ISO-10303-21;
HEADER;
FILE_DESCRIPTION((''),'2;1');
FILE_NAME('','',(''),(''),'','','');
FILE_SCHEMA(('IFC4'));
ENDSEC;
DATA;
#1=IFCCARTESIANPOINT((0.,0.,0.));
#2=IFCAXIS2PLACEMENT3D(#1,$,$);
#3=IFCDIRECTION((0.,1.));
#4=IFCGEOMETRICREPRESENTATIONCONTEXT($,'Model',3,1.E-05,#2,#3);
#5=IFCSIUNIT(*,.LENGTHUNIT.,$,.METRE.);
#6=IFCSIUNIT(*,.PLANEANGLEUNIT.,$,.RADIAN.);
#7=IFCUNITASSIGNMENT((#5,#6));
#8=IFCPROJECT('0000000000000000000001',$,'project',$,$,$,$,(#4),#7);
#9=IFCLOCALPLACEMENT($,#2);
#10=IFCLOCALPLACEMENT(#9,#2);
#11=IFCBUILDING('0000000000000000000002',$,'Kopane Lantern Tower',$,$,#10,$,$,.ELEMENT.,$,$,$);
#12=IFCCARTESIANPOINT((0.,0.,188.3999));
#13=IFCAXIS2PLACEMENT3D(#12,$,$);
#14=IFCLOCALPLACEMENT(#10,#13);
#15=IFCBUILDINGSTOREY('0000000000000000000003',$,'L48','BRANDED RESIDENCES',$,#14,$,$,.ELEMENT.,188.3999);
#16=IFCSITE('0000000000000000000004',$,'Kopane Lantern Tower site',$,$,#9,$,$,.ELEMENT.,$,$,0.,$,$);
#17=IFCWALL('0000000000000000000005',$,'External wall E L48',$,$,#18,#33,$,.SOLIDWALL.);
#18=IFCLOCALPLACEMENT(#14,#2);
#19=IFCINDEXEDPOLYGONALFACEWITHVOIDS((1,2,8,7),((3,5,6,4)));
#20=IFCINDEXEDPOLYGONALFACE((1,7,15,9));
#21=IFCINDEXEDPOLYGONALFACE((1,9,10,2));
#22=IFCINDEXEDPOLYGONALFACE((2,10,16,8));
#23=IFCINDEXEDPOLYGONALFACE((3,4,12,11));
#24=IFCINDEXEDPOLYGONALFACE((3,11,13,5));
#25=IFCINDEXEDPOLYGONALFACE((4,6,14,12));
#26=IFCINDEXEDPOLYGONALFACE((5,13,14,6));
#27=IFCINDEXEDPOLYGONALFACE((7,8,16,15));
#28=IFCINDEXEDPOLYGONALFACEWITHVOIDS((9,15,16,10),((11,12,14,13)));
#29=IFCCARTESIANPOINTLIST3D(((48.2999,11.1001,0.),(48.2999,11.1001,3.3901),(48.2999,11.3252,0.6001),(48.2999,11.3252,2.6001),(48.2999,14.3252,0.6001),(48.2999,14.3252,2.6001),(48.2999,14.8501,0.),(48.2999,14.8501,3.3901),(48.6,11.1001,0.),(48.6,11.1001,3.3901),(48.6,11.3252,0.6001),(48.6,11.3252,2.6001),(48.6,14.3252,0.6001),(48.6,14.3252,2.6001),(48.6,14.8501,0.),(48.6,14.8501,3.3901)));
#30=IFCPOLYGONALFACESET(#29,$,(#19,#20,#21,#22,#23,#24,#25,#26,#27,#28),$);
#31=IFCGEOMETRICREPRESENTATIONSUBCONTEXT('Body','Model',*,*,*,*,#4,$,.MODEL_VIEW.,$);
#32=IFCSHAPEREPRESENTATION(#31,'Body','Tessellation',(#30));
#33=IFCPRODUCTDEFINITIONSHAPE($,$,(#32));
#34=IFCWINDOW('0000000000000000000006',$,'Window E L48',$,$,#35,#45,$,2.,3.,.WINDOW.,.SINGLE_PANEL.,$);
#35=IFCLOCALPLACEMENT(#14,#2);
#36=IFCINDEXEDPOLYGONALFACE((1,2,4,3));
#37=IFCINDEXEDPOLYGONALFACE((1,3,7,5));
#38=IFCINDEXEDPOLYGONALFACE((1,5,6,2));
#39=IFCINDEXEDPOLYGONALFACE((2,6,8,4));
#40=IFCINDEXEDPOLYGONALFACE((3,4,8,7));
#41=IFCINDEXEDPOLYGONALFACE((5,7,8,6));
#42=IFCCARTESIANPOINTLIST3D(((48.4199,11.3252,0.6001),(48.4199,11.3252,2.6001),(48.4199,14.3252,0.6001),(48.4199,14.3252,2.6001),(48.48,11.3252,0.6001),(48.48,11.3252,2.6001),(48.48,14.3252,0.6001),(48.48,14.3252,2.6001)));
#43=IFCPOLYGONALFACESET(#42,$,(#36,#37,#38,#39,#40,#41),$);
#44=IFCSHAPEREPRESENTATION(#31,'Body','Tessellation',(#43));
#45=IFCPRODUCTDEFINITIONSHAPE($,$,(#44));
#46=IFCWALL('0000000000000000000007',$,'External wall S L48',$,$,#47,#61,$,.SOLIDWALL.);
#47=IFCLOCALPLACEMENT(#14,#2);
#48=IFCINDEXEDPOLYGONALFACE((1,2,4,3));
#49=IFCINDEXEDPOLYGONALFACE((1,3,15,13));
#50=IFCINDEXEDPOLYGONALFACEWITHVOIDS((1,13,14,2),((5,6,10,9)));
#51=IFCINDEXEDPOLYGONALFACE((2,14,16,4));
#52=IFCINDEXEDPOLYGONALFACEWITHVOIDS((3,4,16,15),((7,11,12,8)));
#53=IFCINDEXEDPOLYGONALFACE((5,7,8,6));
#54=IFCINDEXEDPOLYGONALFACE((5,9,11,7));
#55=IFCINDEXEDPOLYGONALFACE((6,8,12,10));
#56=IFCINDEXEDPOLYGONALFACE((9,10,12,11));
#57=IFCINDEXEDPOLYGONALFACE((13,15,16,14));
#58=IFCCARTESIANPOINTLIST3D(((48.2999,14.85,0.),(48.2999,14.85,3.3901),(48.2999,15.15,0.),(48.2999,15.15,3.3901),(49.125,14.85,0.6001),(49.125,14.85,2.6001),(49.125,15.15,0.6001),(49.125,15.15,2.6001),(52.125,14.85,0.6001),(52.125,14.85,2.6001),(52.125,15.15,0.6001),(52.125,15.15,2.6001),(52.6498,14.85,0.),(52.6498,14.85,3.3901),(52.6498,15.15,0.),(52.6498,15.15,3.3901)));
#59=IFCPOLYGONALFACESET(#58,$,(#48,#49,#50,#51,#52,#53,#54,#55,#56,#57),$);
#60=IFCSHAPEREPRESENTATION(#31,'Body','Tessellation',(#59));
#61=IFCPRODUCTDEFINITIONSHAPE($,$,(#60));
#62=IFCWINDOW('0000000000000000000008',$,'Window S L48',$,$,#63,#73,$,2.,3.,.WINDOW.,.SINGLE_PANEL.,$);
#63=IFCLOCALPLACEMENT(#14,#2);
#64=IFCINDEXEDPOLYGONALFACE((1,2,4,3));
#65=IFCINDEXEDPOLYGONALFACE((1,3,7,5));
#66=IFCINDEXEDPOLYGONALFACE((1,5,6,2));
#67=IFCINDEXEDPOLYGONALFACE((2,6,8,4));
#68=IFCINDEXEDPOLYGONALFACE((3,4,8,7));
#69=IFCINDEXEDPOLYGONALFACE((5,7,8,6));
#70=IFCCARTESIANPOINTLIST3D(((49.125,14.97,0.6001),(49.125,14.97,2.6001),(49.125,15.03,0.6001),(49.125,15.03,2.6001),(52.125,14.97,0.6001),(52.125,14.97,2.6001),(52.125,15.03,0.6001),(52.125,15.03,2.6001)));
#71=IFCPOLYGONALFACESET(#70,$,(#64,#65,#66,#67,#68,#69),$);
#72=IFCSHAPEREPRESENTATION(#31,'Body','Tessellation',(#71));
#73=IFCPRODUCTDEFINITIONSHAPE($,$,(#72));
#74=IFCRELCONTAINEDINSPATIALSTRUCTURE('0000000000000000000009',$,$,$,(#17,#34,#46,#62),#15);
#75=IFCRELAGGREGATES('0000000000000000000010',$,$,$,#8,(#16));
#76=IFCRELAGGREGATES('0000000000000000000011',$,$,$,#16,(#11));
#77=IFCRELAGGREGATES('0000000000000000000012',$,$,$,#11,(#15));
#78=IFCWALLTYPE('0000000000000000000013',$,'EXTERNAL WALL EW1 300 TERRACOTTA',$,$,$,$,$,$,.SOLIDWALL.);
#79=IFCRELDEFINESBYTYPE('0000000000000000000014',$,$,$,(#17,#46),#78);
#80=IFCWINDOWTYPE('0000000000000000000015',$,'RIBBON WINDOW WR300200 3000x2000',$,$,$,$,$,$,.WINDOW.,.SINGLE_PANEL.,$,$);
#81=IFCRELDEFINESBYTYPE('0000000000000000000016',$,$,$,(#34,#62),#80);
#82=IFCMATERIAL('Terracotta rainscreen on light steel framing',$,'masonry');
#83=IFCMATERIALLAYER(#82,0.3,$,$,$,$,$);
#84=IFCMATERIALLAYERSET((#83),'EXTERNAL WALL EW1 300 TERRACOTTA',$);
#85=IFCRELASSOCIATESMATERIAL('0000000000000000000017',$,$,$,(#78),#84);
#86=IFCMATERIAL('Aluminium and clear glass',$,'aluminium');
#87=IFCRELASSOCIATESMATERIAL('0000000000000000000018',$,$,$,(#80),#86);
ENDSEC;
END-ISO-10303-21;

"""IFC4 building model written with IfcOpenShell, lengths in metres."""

from ifc_helpers import new_model, si_unit, direction, frame, frame_2d, origin, place, context, subcontext, project, spatial, rectangle, extrude, material, layer, layer_set, type_object, element, fill, save


model = new_model("IFC4")

# Units and contexts
model_context = context("Model", 3, precision=1e-05, world=origin(), true_north=direction((0.0, 1.0)))
body_context = subcontext(model_context, "Body", "Model", "MODEL_VIEW")
ifc_project = project(units=[si_unit("LENGTHUNIT", "METRE"), si_unit("PLANEANGLEUNIT", "RADIAN")], contexts=[model_context])

# Site, building, storey
site_placement = place(None, origin())
site = spatial("IfcSite", under=ifc_project, at=site_placement, Name="Kopane Lantern Tower site", CompositionType="ELEMENT", RefElevation=0.0)
building_placement = place(site_placement, origin())
building = spatial("IfcBuilding", under=site, at=building_placement, Name="Kopane Lantern Tower", CompositionType="ELEMENT")
storey_placement = place(building_placement, frame((0.0, 0.0, 188.3999)))
storey = spatial("IfcBuildingStorey", under=building, at=storey_placement, Name="L48", Description="BRANDED RESIDENCES", CompositionType="ELEMENT", Elevation=188.3999)

# Walls, openings, windows
ifc_material_1 = material(Name="Terracotta rainscreen on light steel framing", Category="masonry")
ifc_layer_1 = layer(ifc_material_1, 0.3)
ifc_layer_set_1 = layer_set([ifc_layer_1], Name="EXTERNAL WALL EW1 300 TERRACOTTA")
wall_type_1 = type_object("IfcWallType", Name="EXTERNAL WALL EW1 300 TERRACOTTA", PredefinedType="SOLIDWALL", material=ifc_layer_set_1)
wall_1_placement = place(storey_placement, frame((48.45, 11.1001, 0.0), z_axis=(0.0, 0.0, 1.0), x_axis=(0.0, 1.0, 0.0)))
wall_1 = element("IfcWall", 1, at=wall_1_placement, inside=storey, type_object=wall_type_1, Name="External wall E L48", PredefinedType="SOLIDWALL", context=body_context, shape_type="SweptSolid", body=[
    extrude(rectangle(XDim=3.75, YDim=0.3, at=frame_2d((1.875, 0.0))), origin(), (0.0, 0.0, 1.0), 3.3901),
])
opening_1_placement = place(wall_1_placement, frame((0.2251, 0.0, 0.6001)))
opening_1 = element("IfcOpeningElement", 2, at=opening_1_placement, cuts=wall_1, PredefinedType="OPENING", context=body_context, shape_type="SweptSolid", body=[
    extrude(rectangle(XDim=3.0, YDim=2.0, at=frame_2d((1.5, 1.0))), frame((0.0, 0.1599, 0.0), z_axis=(0.0, -1.0, 0.0), x_axis=(1.0, 0.0, 0.0)), (0.0, 0.0, 1.0), 0.3201),
])
ifc_material_2 = material(Name="Aluminium and clear glass", Category="aluminium")
window_type = type_object("IfcWindowType", Name="RIBBON WINDOW WR300200 3000x2000", PartitioningType="SINGLE_PANEL", PredefinedType="WINDOW", material=ifc_material_2)
window_1_placement = place(opening_1_placement, origin())
window_1 = element("IfcWindow", 3, at=window_1_placement, inside=storey, type_object=window_type, Name="Window E L48", OverallHeight=2.0, OverallWidth=3.0, PartitioningType="SINGLE_PANEL", PredefinedType="WINDOW", context=body_context, shape_type="SweptSolid", body=[
    extrude(rectangle(XDim=3.0, YDim=2.0, at=frame_2d((1.5, 1.0))), frame((0.0, 0.03, 0.0), z_axis=(0.0, -1.0, 0.0), x_axis=(1.0, 0.0, 0.0)), (0.0, 0.0, 1.0), 0.0601),
])
fill(opening_1, window_1)
wall_2_placement = place(storey_placement, frame((48.3, 15.0, 0.0), z_axis=(0.0, 0.0, 1.0), x_axis=(1.0, 0.0, 0.0)))
wall_2 = element("IfcWall", 4, at=wall_2_placement, inside=storey, type_object=wall_type_1, Name="External wall S L48", PredefinedType="SOLIDWALL", context=body_context, shape_type="SweptSolid", body=[
    extrude(rectangle(XDim=4.3499, YDim=0.3, at=frame_2d((2.1748, 0.0))), origin(), (0.0, 0.0, 1.0), 3.3901),
])
opening_2_placement = place(wall_2_placement, frame((0.825, 0.0, 0.6001)))
opening_2 = element("IfcOpeningElement", 5, at=opening_2_placement, cuts=wall_2, PredefinedType="OPENING", context=body_context, shape_type="SweptSolid", body=[
    extrude(rectangle(XDim=3.0, YDim=2.0, at=frame_2d((1.5, 1.0))), frame((0.0, 0.1599, 0.0), z_axis=(0.0, -1.0, 0.0), x_axis=(1.0, 0.0, 0.0)), (0.0, 0.0, 1.0), 0.3201),
])
window_2_placement = place(opening_2_placement, origin())
window_2 = element("IfcWindow", 6, at=window_2_placement, inside=storey, type_object=window_type, Name="Window S L48", OverallHeight=2.0, OverallWidth=3.0, PartitioningType="SINGLE_PANEL", PredefinedType="WINDOW", context=body_context, shape_type="SweptSolid", body=[
    extrude(rectangle(XDim=3.0, YDim=2.0, at=frame_2d((1.5, 1.0))), frame((0.0, 0.03, 0.0), z_axis=(0.0, -1.0, 0.0), x_axis=(1.0, 0.0, 0.0)), (0.0, 0.0, 1.0), 0.0601),
])
fill(opening_2, window_2)

save(model, "model.ifc")
